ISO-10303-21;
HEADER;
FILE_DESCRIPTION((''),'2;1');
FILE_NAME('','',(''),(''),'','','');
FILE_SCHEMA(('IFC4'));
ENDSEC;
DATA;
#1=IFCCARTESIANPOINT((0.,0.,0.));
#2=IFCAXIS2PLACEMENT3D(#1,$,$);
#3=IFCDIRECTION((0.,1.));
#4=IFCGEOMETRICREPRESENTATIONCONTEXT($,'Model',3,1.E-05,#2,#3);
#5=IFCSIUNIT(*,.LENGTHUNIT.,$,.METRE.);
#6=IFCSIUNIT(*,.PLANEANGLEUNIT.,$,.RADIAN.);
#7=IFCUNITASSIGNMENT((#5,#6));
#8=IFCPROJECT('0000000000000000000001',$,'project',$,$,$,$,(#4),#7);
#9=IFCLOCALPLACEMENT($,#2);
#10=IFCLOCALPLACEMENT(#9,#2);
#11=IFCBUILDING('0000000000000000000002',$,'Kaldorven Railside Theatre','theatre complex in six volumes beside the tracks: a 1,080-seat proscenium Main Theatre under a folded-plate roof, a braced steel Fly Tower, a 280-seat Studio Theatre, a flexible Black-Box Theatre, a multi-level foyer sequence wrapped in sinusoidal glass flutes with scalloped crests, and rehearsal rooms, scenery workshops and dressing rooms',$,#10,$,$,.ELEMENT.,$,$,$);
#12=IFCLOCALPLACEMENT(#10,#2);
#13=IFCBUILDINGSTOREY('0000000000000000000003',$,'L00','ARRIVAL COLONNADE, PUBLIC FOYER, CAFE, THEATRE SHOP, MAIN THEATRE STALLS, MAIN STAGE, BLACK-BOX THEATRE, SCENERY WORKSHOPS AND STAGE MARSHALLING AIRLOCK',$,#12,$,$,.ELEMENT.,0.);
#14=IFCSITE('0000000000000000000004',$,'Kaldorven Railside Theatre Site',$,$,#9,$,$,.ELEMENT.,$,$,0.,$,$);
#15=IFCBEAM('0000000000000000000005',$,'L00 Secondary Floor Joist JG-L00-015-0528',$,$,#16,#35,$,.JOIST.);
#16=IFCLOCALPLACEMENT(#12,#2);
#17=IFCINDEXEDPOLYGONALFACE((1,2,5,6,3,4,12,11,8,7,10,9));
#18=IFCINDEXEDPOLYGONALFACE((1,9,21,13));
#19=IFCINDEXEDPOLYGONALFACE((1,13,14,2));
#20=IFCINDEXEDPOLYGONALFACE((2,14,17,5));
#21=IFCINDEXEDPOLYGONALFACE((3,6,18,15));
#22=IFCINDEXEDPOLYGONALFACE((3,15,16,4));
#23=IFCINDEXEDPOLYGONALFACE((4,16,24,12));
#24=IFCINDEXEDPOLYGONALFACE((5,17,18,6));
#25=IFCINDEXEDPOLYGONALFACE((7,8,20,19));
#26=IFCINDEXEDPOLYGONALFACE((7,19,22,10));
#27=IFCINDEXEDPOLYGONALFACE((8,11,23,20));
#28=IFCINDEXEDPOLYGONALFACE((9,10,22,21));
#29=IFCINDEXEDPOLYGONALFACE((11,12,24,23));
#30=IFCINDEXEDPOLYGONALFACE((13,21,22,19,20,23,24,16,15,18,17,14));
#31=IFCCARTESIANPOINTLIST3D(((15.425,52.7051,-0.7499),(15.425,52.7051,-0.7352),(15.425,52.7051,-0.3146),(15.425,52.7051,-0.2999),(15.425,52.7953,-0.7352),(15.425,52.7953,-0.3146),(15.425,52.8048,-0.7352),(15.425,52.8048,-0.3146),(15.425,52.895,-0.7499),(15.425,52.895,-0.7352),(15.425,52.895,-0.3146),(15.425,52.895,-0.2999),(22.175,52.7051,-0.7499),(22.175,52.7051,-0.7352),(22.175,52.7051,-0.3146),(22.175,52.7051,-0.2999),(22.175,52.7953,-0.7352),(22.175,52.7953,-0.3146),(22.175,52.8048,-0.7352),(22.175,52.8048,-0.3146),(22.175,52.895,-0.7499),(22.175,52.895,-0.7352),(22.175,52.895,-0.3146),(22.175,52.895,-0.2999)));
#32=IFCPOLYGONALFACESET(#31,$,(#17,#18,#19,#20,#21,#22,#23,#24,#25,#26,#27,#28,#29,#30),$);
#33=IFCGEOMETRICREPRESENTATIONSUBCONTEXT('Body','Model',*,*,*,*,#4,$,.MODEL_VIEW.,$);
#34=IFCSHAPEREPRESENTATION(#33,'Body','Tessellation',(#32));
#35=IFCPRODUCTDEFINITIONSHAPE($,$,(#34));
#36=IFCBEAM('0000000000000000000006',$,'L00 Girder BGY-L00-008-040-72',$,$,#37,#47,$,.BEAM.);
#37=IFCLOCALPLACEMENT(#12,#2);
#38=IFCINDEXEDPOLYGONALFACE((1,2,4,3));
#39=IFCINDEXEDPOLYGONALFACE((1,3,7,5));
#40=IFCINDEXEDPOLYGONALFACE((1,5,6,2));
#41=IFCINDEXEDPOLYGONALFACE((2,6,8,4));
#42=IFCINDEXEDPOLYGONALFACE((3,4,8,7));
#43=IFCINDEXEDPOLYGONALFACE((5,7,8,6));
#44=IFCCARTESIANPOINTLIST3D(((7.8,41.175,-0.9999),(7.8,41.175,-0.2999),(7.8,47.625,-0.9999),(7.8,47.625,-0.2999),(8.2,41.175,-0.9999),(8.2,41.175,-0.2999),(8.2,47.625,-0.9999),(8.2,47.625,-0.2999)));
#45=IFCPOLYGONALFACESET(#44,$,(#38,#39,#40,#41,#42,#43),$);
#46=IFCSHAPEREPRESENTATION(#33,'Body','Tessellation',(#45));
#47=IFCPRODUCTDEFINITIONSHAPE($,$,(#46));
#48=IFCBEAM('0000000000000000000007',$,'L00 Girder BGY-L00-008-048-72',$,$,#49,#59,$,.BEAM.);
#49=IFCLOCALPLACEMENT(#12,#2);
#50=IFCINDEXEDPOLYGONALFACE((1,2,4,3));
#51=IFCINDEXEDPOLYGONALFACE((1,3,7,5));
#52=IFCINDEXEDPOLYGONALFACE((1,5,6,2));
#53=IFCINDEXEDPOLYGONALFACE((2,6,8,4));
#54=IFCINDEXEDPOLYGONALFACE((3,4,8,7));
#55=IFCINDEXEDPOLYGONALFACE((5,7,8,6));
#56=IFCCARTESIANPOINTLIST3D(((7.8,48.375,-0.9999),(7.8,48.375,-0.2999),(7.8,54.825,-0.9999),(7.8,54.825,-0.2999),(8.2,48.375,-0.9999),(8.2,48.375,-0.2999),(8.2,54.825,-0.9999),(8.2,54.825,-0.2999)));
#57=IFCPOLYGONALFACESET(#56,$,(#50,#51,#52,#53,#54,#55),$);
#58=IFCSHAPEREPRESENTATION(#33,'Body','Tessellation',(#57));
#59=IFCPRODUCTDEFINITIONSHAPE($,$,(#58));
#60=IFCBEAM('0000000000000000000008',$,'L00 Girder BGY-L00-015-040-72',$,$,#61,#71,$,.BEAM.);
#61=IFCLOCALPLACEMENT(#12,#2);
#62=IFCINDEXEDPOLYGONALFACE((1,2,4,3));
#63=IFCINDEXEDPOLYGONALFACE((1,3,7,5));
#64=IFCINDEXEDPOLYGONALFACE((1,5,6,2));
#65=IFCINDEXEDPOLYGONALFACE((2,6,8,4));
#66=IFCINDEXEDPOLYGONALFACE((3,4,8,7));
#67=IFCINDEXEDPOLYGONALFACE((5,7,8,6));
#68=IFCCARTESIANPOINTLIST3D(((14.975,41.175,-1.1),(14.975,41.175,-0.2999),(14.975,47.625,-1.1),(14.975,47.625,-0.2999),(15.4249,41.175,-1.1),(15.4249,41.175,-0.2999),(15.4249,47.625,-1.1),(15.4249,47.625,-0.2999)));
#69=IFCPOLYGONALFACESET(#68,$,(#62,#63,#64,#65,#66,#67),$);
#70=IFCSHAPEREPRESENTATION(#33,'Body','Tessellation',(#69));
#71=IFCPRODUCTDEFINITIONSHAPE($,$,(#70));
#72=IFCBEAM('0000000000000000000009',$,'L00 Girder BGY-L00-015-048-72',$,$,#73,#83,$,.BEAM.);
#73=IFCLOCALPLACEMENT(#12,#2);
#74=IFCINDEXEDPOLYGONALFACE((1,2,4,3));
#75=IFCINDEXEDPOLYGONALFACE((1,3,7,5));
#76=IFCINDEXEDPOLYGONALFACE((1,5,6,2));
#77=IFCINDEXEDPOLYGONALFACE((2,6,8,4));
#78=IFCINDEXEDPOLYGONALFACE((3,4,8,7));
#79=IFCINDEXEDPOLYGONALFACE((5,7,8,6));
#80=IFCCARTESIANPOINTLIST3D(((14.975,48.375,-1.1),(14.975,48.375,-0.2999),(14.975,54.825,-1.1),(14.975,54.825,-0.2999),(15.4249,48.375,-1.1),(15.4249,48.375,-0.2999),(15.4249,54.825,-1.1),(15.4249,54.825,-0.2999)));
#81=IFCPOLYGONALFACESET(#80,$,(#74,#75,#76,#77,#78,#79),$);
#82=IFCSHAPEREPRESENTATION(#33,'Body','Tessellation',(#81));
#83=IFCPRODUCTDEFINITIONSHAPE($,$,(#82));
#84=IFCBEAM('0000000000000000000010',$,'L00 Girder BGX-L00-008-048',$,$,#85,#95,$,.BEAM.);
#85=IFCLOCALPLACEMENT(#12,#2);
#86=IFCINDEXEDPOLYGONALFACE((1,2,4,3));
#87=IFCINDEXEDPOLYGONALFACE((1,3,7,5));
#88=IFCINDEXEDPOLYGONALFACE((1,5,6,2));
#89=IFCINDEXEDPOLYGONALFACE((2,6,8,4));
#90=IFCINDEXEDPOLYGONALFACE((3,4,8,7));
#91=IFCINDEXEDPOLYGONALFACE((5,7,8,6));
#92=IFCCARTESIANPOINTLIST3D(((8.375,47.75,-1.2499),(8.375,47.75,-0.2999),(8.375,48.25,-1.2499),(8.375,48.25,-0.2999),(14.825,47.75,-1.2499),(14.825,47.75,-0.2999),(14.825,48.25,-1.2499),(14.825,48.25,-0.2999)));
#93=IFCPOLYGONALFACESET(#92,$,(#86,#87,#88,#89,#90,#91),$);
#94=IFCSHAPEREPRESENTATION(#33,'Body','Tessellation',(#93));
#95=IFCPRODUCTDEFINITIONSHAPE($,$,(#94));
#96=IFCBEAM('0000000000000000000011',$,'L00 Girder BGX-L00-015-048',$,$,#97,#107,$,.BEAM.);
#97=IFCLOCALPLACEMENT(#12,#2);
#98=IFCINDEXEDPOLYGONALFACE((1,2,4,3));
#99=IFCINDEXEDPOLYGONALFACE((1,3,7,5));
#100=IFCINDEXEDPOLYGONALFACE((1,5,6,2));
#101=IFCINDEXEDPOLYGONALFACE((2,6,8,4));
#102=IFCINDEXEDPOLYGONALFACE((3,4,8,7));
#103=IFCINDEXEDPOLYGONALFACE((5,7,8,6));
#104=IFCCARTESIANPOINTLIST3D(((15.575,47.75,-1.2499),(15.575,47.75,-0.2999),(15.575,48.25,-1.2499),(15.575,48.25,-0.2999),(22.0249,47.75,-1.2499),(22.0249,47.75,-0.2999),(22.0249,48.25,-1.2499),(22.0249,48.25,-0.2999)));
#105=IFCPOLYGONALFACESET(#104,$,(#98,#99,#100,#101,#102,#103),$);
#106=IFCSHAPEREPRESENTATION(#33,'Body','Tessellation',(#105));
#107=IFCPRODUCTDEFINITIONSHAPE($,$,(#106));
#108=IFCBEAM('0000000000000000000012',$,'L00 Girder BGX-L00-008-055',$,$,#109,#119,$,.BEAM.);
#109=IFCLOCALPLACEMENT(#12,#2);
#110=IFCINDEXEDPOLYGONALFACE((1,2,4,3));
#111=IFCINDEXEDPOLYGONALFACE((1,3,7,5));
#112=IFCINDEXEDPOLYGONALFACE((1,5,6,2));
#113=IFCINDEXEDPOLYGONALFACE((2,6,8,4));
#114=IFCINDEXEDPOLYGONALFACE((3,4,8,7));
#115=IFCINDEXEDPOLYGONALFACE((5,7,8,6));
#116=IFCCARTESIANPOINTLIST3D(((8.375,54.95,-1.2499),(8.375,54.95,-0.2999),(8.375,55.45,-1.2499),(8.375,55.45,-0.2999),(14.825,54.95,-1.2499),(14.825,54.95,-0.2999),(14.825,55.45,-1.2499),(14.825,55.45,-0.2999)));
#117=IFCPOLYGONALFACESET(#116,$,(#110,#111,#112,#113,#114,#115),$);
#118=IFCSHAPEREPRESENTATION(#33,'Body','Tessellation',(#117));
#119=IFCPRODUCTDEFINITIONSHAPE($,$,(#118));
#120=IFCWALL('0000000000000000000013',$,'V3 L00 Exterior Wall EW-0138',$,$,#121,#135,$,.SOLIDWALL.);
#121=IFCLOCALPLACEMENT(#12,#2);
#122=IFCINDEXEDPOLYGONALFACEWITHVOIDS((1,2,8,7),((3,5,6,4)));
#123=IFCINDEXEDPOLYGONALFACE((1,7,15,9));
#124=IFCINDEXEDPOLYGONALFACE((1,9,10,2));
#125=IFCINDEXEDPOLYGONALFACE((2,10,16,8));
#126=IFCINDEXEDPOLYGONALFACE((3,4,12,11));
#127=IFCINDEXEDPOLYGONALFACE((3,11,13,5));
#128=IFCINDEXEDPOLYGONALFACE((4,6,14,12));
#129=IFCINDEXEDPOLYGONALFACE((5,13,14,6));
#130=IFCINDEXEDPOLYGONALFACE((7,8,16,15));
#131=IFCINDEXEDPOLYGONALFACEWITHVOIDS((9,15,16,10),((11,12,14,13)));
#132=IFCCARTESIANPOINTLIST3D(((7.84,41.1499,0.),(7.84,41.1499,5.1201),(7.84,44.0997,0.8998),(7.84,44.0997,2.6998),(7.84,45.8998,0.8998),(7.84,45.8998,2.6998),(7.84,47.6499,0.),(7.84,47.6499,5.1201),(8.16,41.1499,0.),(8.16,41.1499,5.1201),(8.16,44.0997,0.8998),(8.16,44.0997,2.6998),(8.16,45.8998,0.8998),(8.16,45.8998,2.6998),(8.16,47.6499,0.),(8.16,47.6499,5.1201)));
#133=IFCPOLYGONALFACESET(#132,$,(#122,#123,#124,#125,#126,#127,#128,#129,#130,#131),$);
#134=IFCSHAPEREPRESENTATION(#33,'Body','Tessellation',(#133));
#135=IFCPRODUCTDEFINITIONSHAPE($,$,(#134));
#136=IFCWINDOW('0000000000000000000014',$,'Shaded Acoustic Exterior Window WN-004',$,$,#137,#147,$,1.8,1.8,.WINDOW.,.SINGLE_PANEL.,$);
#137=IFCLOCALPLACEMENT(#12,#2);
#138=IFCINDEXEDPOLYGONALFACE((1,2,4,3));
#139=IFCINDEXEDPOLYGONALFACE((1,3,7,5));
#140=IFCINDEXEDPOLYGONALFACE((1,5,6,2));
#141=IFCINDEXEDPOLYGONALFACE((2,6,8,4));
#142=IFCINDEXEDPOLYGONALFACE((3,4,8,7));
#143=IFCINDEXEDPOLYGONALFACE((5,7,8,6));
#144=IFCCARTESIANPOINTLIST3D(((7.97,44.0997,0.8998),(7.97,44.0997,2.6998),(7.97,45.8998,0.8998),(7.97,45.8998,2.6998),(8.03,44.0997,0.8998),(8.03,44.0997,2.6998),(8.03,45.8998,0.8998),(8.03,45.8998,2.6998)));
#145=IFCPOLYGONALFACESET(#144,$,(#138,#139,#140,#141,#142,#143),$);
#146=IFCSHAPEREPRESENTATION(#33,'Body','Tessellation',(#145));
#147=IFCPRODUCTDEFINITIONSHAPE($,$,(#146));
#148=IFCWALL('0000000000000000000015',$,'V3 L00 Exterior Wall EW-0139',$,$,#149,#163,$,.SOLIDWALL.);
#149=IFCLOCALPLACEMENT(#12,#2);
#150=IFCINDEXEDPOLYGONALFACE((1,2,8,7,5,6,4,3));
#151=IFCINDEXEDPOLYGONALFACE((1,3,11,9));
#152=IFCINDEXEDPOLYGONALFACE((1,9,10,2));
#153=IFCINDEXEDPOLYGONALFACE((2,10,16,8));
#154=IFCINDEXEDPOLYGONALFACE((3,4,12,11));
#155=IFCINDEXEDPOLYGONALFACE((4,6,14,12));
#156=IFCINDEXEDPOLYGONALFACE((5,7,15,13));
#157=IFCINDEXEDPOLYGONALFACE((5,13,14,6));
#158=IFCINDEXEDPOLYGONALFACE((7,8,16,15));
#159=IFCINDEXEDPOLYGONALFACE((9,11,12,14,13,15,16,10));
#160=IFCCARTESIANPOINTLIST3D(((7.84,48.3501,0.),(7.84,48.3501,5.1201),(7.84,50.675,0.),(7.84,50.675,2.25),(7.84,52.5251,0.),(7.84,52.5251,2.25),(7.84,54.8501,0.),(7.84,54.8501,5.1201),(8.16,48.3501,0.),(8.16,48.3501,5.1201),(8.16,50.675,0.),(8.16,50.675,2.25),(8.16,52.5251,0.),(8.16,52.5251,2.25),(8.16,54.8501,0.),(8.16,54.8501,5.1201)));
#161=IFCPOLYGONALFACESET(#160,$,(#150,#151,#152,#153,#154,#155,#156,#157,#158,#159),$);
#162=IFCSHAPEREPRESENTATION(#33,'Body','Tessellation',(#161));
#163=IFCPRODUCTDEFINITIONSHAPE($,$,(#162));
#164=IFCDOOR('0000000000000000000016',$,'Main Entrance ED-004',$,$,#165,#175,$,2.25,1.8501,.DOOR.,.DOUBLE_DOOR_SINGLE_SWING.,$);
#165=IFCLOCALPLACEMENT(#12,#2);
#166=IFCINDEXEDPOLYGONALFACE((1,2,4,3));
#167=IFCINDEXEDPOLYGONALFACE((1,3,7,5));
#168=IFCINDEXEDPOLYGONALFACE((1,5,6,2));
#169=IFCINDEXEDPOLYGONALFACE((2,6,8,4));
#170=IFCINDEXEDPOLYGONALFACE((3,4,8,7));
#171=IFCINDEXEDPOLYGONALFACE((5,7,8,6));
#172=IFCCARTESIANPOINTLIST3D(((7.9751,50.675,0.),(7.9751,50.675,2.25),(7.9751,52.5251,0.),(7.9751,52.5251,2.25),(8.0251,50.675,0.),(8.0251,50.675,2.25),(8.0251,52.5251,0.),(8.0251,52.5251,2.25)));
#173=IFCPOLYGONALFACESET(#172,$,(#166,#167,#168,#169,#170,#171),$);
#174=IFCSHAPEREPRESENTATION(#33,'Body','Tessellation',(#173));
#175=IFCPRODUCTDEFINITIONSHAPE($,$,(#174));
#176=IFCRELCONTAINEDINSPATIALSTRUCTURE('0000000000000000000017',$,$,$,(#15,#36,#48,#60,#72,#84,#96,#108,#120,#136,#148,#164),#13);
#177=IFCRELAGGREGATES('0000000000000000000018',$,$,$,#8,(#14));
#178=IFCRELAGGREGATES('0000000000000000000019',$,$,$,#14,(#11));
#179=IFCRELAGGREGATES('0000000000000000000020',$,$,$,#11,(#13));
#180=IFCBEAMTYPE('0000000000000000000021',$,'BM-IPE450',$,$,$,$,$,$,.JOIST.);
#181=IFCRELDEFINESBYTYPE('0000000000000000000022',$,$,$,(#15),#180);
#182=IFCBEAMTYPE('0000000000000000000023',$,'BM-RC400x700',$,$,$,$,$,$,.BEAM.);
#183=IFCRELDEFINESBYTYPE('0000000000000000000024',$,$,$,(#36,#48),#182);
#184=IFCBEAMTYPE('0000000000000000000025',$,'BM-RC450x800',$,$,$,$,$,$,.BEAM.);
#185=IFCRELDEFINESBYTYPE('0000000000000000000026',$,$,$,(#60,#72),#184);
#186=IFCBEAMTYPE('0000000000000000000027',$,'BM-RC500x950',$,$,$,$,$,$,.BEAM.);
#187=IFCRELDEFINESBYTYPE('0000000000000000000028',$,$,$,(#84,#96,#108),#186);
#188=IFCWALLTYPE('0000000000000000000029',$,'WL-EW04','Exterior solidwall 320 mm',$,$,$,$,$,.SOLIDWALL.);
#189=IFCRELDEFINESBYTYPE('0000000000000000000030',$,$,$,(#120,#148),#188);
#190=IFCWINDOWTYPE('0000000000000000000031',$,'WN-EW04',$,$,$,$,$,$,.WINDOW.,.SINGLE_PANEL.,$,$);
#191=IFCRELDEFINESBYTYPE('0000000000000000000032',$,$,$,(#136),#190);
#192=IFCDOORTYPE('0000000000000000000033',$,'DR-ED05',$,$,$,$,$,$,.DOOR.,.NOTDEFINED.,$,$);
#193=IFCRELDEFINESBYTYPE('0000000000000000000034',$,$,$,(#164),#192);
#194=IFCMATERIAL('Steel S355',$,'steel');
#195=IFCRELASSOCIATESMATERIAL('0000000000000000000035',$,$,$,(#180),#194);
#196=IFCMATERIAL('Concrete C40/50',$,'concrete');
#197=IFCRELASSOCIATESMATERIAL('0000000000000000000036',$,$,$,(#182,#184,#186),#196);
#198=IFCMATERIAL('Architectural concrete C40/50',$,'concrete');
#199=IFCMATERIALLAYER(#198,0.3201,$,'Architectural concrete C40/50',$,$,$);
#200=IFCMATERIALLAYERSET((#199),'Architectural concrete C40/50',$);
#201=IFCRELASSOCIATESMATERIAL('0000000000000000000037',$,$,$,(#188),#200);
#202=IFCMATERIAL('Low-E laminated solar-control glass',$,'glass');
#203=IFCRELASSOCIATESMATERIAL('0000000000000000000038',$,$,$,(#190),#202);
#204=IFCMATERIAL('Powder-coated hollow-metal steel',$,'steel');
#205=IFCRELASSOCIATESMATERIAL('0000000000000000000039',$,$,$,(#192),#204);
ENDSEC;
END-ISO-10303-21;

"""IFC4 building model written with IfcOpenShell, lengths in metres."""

from ifc_helpers import new_model, si_unit, direction, frame, frame_2d, origin, origin_2d, place, context, subcontext, project, spatial, rectangle, i_section, extrude, material, layer, layer_set, material_profile, profile_set, type_object, element, fill, save


model = new_model("IFC4")

# Units and contexts
model_context = context("Model", 3, precision=1e-05, world=origin(), true_north=direction((0.0, 1.0)))
body_context = subcontext(model_context, "Body", "Model", "MODEL_VIEW")
ifc_project = project(units=[si_unit("LENGTHUNIT", "METRE"), si_unit("PLANEANGLEUNIT", "RADIAN")], contexts=[model_context])

# Site, building, storey
site_placement = place(None, origin())
site = spatial("IfcSite", under=ifc_project, at=site_placement, Name="Kaldorven Railside Theatre Site", CompositionType="ELEMENT", RefElevation=0.0)
building_placement = place(site_placement, origin())
building = spatial("IfcBuilding", under=site, at=building_placement, Name="Kaldorven Railside Theatre", Description="theatre complex in six volumes beside the tracks: a 1,080-seat proscenium Main Theatre under a folded-plate roof, a braced steel Fly Tower, a 280-seat Studio Theatre, a flexible Black-Box Theatre, a multi-level foyer sequence wrapped in sinusoidal glass flutes with scalloped crests, and rehearsal rooms, scenery workshops and dressing rooms", CompositionType="ELEMENT")
storey_placement = place(building_placement, origin())
storey = spatial("IfcBuildingStorey", under=building, at=storey_placement, Name="L00", Description="ARRIVAL COLONNADE, PUBLIC FOYER, CAFE, THEATRE SHOP, MAIN THEATRE STALLS, MAIN STAGE, BLACK-BOX THEATRE, SCENERY WORKSHOPS AND STAGE MARSHALLING AIRLOCK", CompositionType="ELEMENT", Elevation=0.0)

# Shared definitions
ifc_material_1 = material(Name="Concrete C40/50", Category="concrete")

# Beams
ifc_material_2 = material(Name="Steel S355", Category="steel")
ifc_material_profile_1 = material_profile(ifc_material_2, i_section(OverallWidth=0.1899, OverallDepth=0.45, WebThickness=0.0095, FlangeThickness=0.0146, at=origin_2d()), Name="IPE 450")
ifc_profile_set_1 = profile_set([ifc_material_profile_1], Name="Steel S355")
beam_type_1 = type_object("IfcBeamType", Name="BM-IPE450", PredefinedType="JOIST", material=ifc_profile_set_1)
for number, where, z_axis, x_axis, name in (
    (1, (15.425, 52.8, -0.5249), (1.0, 0.0, 0.0), (0.0, 1.0, 0.0), "L00 Secondary Floor Joist JG-L00-015-0528"),
):
    element("IfcBeam", number, at=place(storey_placement, frame(where, z_axis=z_axis, x_axis=x_axis)), inside=storey, type_object=beam_type_1, Name=name, PredefinedType="JOIST", context=body_context, shape_type="SweptSolid", body=[
        extrude(i_section(OverallWidth=0.1899, OverallDepth=0.45, WebThickness=0.0095, FlangeThickness=0.0146, at=origin_2d()), origin(), (0.0, 0.0, 1.0), 6.75),
    ])
ifc_material_profile_2 = material_profile(ifc_material_1, rectangle(XDim=0.3999, YDim=0.7, at=origin_2d()), Name="RC 400x700")
ifc_profile_set_2 = profile_set([ifc_material_profile_2], Name="Concrete C40/50")
beam_type_2 = type_object("IfcBeamType", Name="BM-RC400x700", PredefinedType="BEAM", material=ifc_profile_set_2)
for number, where, z_axis, x_axis, name in (
    (2, (8.0, 41.175, -0.6499), (0.0, 1.0, 0.0), (-1.0, 0.0, 0.0), "L00 Girder BGY-L00-008-040-72"),
    (3, (8.0, 48.375, -0.6499), (0.0, 1.0, 0.0), (-1.0, 0.0, 0.0), "L00 Girder BGY-L00-008-048-72"),
):
    element("IfcBeam", number, at=place(storey_placement, frame(where, z_axis=z_axis, x_axis=x_axis)), inside=storey, type_object=beam_type_2, Name=name, PredefinedType="BEAM", context=body_context, shape_type="SweptSolid", body=[
        extrude(rectangle(XDim=0.3999, YDim=0.7, at=origin_2d()), origin(), (0.0, 0.0, 1.0), 6.45),
    ])
ifc_material_profile_3 = material_profile(ifc_material_1, rectangle(XDim=0.45, YDim=0.8, at=origin_2d()), Name="RC 450x800")
ifc_profile_set_3 = profile_set([ifc_material_profile_3], Name="Concrete C40/50")
beam_type_3 = type_object("IfcBeamType", Name="BM-RC450x800", PredefinedType="BEAM", material=ifc_profile_set_3)
for number, where, z_axis, x_axis, name in (
    (4, (15.2, 41.175, -0.7), (0.0, 1.0, 0.0), (-1.0, 0.0, 0.0), "L00 Girder BGY-L00-015-040-72"),
    (5, (15.2, 48.375, -0.7), (0.0, 1.0, 0.0), (-1.0, 0.0, 0.0), "L00 Girder BGY-L00-015-048-72"),
):
    element("IfcBeam", number, at=place(storey_placement, frame(where, z_axis=z_axis, x_axis=x_axis)), inside=storey, type_object=beam_type_3, Name=name, PredefinedType="BEAM", context=body_context, shape_type="SweptSolid", body=[
        extrude(rectangle(XDim=0.45, YDim=0.8, at=origin_2d()), origin(), (0.0, 0.0, 1.0), 6.45),
    ])
ifc_material_profile_4 = material_profile(ifc_material_1, rectangle(XDim=0.5, YDim=0.95, at=origin_2d()), Name="RC 500x950")
ifc_profile_set_4 = profile_set([ifc_material_profile_4], Name="Concrete C40/50")
beam_type_4 = type_object("IfcBeamType", Name="BM-RC500x950", PredefinedType="BEAM", material=ifc_profile_set_4)
for number, where, z_axis, x_axis, name in (
    (6, (8.375, 48.0, -0.7749), (1.0, 0.0, 0.0), (0.0, 1.0, 0.0), "L00 Girder BGX-L00-008-048"),
    (7, (15.575, 48.0, -0.7749), (1.0, 0.0, 0.0), (0.0, 1.0, 0.0), "L00 Girder BGX-L00-015-048"),
    (8, (8.375, 55.2, -0.7749), (1.0, 0.0, 0.0), (0.0, 1.0, 0.0), "L00 Girder BGX-L00-008-055"),
):
    element("IfcBeam", number, at=place(storey_placement, frame(where, z_axis=z_axis, x_axis=x_axis)), inside=storey, type_object=beam_type_4, Name=name, PredefinedType="BEAM", context=body_context, shape_type="SweptSolid", body=[
        extrude(rectangle(XDim=0.5, YDim=0.95, at=origin_2d()), origin(), (0.0, 0.0, 1.0), 6.45),
    ])

# Wall, opening, window
ifc_material_3 = material(Name="Architectural concrete C40/50", Category="concrete")
ifc_layer_1 = layer(ifc_material_3, 0.3201, Name="Architectural concrete C40/50")
ifc_layer_set_1 = layer_set([ifc_layer_1], Name="Architectural concrete C40/50")
wall_type_1 = type_object("IfcWallType", Name="WL-EW04", Description="Exterior solidwall 320 mm", PredefinedType="SOLIDWALL", material=ifc_layer_set_1)
wall_1_placement = place(storey_placement, frame((8.0, 41.1499, 0.0), z_axis=(0.0, 0.0, 1.0), x_axis=(0.0, 1.0, 0.0)))
wall_1 = element("IfcWall", 9, at=wall_1_placement, inside=storey, type_object=wall_type_1, Name="V3 L00 Exterior Wall EW-0138", PredefinedType="SOLIDWALL", context=body_context, shape_type="SweptSolid", body=[
    extrude(rectangle(XDim=6.5, YDim=0.3201, at=frame_2d((3.25, 0.0))), origin(), (0.0, 0.0, 1.0), 5.1201),
])
opening_1_placement = place(wall_1_placement, frame((2.95, 0.0, 0.8999)))
opening_1 = element("IfcOpeningElement", 10, at=opening_1_placement, cuts=wall_1, PredefinedType="OPENING", context=body_context, shape_type="SweptSolid", body=[
    extrude(rectangle(XDim=1.8, YDim=1.8, at=frame_2d((0.8999, 0.8999))), frame((0.0, 0.1699, 0.0), z_axis=(0.0, -1.0, 0.0), x_axis=(1.0, 0.0, 0.0)), (0.0, 0.0, 1.0), 0.3401),
])
ifc_material_4 = material(Name="Low-E laminated solar-control glass", Category="glass")
window_type = type_object("IfcWindowType", Name="WN-EW04", PartitioningType="SINGLE_PANEL", PredefinedType="WINDOW", material=ifc_material_4)
window_placement = place(opening_1_placement, origin())
window = element("IfcWindow", 11, at=window_placement, inside=storey, type_object=window_type, Name="Shaded Acoustic Exterior Window WN-004", OverallHeight=1.8, OverallWidth=1.8, PartitioningType="SINGLE_PANEL", PredefinedType="WINDOW", context=body_context, shape_type="SweptSolid", body=[
    extrude(rectangle(XDim=1.8, YDim=1.8, at=frame_2d((0.8999, 0.8999))), frame((0.0, 0.03, 0.0), z_axis=(0.0, -1.0, 0.0), x_axis=(1.0, 0.0, 0.0)), (0.0, 0.0, 1.0), 0.0601),
])
fill(opening_1, window)

# Wall, opening, door
wall_2_placement = place(storey_placement, frame((8.0, 48.3501, 0.0), z_axis=(0.0, 0.0, 1.0), x_axis=(0.0, 1.0, 0.0)))
wall_2 = element("IfcWall", 12, at=wall_2_placement, inside=storey, type_object=wall_type_1, Name="V3 L00 Exterior Wall EW-0139", PredefinedType="SOLIDWALL", context=body_context, shape_type="SweptSolid", body=[
    extrude(rectangle(XDim=6.5, YDim=0.3201, at=frame_2d((3.25, 0.0))), origin(), (0.0, 0.0, 1.0), 5.1201),
])
opening_2_placement = place(wall_2_placement, frame((2.325, 0.0, 0.0)))
opening_2 = element("IfcOpeningElement", 13, at=opening_2_placement, cuts=wall_2, PredefinedType="OPENING", context=body_context, shape_type="SweptSolid", body=[
    extrude(rectangle(XDim=1.8501, YDim=2.25, at=frame_2d((0.925, 1.125))), frame((0.0, 0.1699, 0.0), z_axis=(0.0, -1.0, 0.0), x_axis=(1.0, 0.0, 0.0)), (0.0, 0.0, 1.0), 0.3401),
])
ifc_material_5 = material(Name="Powder-coated hollow-metal steel", Category="steel")
door_type_1 = type_object("IfcDoorType", Name="DR-ED05", OperationType="NOTDEFINED", PredefinedType="DOOR", material=ifc_material_5)
door_1_placement = place(opening_2_placement, origin())
door_1 = element("IfcDoor", 14, at=door_1_placement, inside=storey, type_object=door_type_1, Name="Main Entrance ED-004", OperationType="DOUBLE_DOOR_SINGLE_SWING", OverallHeight=2.25, OverallWidth=1.8501, PredefinedType="DOOR", context=body_context, shape_type="SweptSolid", body=[
    extrude(rectangle(XDim=1.8501, YDim=2.25, at=frame_2d((0.925, 1.125))), frame((0.0, 0.0249, 0.0), z_axis=(0.0, -1.0, 0.0), x_axis=(1.0, 0.0, 0.0)), (0.0, 0.0, 1.0), 0.05),
])
fill(opening_2, door_1)

save(model, "model.ifc")
